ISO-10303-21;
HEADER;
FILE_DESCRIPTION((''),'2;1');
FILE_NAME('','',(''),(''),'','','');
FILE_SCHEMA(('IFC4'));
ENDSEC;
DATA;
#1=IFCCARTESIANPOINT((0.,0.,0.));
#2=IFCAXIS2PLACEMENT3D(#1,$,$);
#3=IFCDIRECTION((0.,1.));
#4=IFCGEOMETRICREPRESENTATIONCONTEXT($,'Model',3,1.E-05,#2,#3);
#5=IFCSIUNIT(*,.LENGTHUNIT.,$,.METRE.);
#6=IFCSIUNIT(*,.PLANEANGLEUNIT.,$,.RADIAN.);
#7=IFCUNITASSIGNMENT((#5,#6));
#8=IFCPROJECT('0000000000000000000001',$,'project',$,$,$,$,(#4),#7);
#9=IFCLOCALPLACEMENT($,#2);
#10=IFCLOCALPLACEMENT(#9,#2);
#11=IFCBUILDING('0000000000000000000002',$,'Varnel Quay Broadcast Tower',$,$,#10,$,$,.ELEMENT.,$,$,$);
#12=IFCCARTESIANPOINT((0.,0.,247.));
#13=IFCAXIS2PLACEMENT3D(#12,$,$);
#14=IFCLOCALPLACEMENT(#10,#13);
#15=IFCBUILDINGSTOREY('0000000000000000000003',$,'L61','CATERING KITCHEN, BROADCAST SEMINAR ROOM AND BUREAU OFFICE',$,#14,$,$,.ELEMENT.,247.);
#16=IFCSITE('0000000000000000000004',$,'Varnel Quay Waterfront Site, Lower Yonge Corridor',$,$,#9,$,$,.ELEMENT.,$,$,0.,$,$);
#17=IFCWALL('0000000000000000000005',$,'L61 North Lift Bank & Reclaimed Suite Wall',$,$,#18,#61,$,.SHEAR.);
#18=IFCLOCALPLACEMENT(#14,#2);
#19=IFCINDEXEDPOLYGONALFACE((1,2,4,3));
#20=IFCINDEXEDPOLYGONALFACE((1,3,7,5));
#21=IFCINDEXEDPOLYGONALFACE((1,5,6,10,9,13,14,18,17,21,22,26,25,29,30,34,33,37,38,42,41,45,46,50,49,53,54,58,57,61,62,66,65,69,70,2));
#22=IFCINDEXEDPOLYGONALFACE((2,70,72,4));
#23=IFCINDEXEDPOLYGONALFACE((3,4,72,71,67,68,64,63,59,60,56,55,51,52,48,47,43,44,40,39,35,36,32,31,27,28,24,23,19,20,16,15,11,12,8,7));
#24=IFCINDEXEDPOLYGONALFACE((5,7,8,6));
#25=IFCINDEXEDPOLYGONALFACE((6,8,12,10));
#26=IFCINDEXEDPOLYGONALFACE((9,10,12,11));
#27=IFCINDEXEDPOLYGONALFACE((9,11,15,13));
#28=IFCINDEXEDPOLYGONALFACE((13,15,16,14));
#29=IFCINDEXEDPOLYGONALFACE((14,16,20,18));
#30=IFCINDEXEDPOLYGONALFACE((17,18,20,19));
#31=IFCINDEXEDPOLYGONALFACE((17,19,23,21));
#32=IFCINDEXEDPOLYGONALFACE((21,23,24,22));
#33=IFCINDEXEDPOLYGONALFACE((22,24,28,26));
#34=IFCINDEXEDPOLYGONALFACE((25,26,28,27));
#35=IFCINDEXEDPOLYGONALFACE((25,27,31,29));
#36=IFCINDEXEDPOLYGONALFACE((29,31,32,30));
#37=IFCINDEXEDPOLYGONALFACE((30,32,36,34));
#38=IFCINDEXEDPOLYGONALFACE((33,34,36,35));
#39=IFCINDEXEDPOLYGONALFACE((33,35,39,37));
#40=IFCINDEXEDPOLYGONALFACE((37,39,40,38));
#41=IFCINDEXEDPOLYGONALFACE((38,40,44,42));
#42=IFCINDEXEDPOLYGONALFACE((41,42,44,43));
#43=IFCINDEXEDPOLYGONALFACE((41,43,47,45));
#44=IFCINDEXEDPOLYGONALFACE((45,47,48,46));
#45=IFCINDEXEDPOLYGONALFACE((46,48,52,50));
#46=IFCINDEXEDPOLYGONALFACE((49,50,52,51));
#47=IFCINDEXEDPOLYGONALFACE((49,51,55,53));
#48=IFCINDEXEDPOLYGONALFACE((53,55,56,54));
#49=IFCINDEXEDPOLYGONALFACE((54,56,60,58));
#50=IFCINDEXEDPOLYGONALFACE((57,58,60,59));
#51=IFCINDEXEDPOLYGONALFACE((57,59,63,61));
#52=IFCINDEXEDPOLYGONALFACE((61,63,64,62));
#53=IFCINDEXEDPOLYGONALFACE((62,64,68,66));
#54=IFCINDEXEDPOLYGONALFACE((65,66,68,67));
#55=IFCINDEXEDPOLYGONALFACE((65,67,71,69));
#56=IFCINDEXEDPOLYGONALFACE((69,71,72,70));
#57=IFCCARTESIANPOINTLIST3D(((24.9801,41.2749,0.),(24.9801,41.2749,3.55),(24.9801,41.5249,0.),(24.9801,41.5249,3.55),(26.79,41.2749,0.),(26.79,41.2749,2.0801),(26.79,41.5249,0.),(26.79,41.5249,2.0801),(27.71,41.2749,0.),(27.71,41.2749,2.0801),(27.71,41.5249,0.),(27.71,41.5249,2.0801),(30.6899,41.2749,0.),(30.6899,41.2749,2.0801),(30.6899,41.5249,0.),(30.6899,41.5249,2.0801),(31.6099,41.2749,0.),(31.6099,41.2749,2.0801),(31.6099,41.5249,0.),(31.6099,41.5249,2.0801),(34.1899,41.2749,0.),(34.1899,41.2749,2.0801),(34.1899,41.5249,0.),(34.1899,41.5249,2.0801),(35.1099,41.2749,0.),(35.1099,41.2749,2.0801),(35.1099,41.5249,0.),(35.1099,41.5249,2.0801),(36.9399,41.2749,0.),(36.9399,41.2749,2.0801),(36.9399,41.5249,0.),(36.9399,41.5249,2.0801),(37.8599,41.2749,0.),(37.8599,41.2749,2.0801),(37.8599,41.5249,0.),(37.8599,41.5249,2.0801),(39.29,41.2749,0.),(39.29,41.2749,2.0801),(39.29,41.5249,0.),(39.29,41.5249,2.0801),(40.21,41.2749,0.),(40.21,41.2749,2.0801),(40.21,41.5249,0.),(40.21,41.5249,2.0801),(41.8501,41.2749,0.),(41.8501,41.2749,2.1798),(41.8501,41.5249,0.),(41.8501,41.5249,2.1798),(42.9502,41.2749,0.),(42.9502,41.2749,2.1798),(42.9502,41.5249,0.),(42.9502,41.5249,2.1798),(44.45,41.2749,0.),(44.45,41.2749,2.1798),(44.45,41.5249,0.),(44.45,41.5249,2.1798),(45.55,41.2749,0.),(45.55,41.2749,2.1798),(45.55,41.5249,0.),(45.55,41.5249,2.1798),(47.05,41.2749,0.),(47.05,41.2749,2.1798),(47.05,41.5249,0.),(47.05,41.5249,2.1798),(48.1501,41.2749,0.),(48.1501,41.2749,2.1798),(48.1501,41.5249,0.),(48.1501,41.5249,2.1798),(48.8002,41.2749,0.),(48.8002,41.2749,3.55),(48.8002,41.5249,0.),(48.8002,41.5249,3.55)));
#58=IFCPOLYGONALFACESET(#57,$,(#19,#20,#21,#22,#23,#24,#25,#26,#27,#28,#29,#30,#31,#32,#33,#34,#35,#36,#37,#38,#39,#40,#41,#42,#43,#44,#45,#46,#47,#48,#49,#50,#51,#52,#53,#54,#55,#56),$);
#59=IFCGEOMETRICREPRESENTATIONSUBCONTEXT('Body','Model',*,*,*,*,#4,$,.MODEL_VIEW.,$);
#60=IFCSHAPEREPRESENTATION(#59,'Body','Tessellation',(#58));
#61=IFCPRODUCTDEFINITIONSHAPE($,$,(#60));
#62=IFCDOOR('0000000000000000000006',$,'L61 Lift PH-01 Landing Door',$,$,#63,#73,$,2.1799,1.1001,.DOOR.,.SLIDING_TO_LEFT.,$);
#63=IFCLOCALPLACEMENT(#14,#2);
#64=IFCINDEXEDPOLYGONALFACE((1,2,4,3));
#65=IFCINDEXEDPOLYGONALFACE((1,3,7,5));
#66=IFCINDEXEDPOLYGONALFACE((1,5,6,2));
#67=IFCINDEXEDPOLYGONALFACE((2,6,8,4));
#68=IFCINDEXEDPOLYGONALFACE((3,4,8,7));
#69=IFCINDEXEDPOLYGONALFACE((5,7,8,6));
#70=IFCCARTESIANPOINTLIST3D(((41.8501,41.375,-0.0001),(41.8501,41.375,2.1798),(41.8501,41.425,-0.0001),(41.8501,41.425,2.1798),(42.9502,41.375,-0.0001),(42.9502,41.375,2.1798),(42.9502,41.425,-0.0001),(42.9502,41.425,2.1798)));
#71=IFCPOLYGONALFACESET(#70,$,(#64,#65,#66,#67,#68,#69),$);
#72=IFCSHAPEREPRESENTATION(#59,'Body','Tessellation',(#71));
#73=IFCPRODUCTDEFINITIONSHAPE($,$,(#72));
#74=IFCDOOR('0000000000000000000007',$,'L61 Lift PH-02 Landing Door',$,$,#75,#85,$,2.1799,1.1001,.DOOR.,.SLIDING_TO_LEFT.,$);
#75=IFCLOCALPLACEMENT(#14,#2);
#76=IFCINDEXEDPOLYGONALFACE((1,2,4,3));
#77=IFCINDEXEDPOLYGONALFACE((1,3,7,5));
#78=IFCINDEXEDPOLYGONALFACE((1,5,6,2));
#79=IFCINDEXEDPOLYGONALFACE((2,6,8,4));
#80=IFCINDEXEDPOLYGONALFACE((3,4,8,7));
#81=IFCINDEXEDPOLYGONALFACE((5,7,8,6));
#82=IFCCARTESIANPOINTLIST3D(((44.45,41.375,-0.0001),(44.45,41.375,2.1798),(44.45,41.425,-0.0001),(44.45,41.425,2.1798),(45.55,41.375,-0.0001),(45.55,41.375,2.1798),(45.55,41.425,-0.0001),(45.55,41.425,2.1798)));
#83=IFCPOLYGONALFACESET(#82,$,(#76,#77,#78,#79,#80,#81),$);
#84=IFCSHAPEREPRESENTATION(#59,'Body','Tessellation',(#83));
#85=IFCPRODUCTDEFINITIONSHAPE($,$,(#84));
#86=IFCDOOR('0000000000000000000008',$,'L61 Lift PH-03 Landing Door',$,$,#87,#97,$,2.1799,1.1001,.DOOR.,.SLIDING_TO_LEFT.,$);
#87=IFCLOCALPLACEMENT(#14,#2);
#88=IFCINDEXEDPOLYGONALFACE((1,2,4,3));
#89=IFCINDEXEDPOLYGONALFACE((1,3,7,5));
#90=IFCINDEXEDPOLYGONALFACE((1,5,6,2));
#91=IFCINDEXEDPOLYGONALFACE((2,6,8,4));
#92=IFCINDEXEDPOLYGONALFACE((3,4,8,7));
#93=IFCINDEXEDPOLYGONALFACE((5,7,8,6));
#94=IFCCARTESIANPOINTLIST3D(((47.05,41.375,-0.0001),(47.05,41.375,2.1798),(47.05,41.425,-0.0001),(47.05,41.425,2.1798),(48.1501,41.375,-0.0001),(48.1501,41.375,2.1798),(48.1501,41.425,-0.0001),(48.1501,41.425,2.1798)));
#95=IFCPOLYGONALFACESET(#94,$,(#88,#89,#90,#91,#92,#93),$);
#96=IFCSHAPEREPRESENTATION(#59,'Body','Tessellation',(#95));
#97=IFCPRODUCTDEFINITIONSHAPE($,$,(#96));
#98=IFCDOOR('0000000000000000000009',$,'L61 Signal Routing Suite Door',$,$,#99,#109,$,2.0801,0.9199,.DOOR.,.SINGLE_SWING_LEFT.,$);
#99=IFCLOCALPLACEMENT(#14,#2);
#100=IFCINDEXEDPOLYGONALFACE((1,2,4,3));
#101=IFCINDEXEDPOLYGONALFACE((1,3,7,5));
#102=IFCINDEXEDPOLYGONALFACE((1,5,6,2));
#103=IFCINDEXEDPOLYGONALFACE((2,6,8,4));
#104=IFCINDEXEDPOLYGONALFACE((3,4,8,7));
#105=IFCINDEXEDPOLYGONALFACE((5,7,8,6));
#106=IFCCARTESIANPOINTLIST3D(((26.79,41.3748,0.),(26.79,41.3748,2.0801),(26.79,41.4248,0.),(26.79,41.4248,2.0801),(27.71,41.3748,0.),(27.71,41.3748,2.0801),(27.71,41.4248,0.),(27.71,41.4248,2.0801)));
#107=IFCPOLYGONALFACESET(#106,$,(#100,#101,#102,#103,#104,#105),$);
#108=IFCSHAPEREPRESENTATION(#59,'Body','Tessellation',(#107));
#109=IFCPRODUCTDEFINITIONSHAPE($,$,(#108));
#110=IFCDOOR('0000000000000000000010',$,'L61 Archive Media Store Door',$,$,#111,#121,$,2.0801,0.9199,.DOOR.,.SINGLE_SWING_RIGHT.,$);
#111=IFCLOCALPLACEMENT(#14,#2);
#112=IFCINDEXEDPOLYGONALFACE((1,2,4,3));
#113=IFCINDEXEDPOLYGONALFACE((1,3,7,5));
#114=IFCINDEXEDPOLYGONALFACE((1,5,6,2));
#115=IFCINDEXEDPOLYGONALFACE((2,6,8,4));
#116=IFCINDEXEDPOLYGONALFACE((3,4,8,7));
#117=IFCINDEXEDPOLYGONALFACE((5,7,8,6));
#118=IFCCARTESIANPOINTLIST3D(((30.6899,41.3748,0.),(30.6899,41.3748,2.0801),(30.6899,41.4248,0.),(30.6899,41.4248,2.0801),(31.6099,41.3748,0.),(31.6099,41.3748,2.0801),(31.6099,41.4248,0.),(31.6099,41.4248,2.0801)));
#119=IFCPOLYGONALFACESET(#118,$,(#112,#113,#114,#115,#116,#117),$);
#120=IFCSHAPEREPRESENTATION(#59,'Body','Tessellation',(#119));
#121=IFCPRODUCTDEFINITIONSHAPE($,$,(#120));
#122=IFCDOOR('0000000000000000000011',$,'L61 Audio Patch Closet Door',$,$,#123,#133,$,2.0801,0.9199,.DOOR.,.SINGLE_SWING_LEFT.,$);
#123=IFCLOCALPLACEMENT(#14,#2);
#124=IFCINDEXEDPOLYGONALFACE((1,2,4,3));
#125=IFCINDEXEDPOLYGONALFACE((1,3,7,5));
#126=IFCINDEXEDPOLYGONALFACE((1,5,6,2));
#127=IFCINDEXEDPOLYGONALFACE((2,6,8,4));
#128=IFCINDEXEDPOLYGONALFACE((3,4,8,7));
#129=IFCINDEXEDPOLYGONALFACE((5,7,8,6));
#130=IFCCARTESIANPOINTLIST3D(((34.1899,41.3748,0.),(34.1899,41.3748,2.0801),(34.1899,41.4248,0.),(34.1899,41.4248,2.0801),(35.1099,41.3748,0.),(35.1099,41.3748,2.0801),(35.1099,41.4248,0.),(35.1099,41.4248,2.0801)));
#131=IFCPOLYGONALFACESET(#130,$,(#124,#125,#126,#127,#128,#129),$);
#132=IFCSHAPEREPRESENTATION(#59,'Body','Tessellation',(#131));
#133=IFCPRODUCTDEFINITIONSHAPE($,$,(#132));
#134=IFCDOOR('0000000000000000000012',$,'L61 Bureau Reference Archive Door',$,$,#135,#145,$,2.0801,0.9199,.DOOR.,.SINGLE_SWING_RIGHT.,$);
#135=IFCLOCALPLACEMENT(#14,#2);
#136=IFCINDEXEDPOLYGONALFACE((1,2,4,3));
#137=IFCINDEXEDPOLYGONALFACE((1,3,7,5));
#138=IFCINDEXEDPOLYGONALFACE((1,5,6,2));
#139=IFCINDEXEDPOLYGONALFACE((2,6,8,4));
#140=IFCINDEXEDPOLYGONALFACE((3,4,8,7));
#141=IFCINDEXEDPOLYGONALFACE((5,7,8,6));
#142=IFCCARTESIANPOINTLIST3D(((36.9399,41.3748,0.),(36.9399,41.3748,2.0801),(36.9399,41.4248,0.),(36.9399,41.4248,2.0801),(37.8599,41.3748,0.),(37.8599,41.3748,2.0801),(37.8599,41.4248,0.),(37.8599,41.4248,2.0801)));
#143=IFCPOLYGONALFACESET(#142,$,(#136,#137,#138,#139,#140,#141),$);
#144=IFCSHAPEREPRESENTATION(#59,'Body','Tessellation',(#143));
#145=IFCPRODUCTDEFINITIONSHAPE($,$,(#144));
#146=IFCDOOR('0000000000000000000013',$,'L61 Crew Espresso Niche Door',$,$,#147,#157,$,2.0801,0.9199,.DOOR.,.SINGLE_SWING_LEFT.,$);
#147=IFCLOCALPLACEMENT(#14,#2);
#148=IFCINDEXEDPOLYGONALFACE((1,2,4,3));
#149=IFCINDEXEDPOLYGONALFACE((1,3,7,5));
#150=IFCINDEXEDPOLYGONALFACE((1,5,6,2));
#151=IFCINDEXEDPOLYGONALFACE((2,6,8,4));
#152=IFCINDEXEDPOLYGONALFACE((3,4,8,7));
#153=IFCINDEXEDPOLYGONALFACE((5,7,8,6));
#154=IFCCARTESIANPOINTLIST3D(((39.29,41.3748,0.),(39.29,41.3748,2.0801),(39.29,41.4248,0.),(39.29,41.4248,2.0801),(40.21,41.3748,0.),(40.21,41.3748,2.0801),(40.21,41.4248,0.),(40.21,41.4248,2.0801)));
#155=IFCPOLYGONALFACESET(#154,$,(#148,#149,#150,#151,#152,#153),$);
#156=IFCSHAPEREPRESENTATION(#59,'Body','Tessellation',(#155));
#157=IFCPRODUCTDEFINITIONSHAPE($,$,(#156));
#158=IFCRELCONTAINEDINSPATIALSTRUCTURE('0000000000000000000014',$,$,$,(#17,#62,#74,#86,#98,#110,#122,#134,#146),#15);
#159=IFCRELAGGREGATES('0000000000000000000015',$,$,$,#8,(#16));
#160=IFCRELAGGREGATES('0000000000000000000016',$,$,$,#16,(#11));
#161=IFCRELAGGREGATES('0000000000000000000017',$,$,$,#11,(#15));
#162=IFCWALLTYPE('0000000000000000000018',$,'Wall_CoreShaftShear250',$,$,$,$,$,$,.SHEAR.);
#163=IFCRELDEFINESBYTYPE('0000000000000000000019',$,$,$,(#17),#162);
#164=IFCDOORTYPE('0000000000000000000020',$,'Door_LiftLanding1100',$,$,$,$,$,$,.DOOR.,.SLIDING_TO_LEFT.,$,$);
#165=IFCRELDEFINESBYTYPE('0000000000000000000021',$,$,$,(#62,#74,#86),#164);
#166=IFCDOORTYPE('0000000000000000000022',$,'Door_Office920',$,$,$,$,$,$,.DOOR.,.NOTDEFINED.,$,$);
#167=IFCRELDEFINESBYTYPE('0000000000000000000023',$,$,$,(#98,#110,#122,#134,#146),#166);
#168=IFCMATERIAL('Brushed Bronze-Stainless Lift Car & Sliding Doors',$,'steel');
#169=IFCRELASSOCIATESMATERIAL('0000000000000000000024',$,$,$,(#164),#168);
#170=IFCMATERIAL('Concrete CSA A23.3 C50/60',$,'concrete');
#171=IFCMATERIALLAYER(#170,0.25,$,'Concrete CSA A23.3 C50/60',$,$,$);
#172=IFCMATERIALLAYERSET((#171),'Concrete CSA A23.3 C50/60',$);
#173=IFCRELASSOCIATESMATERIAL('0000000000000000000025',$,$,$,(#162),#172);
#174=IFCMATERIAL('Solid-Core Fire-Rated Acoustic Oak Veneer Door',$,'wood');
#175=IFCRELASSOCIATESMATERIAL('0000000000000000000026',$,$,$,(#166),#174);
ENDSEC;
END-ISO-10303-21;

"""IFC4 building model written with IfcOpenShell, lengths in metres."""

from ifc_helpers import new_model, si_unit, direction, frame, frame_2d, origin, place, context, subcontext, project, spatial, rectangle, extrude, source, transform, mapped, material, layer, layer_set, type_object, type_shapes, element, fill, save


model = new_model("IFC4")

# Units and contexts
model_context = context("Model", 3, precision=1e-05, world=origin(), true_north=direction((0.0, 1.0)))
body_context = subcontext(model_context, "Body", "Model", "MODEL_VIEW")
ifc_project = project(units=[si_unit("LENGTHUNIT", "METRE"), si_unit("PLANEANGLEUNIT", "RADIAN")], contexts=[model_context])

# Site, building, storey
site_placement = place(None, origin())
site = spatial("IfcSite", under=ifc_project, at=site_placement, Name="Varnel Quay Waterfront Site, Lower Yonge Corridor", CompositionType="ELEMENT", RefElevation=0.0)
building_placement = place(site_placement, origin())
building = spatial("IfcBuilding", under=site, at=building_placement, Name="Varnel Quay Broadcast Tower", CompositionType="ELEMENT")
storey_placement = place(building_placement, frame((0.0, 0.0, 247.0)))
storey = spatial("IfcBuildingStorey", under=building, at=storey_placement, Name="L61", Description="CATERING KITCHEN, BROADCAST SEMINAR ROOM AND BUREAU OFFICE", CompositionType="ELEMENT", Elevation=247.0)

# Shared definitions
ifc_material_1 = material(Name="Concrete CSA A23.3 C50/60", Category="concrete")
ifc_material_2 = material(Name="Brushed Bronze-Stainless Lift Car & Sliding Doors", Category="steel")
door_type_1 = type_object("IfcDoorType", Name="Door_LiftLanding1100", OperationType="SLIDING_TO_LEFT", PredefinedType="DOOR", material=ifc_material_2)
shared_shape_1 = source(origin(), body_context, "Body", "SweptSolid", [
    extrude(rectangle(XDim=1.1001, YDim=2.1799, at=frame_2d((0.55, 1.0898))), frame((0.0, 0.0249, 0.0), z_axis=(0.0, -1.0, 0.0), x_axis=(1.0, 0.0, 0.0)), (0.0, 0.0, 1.0), 0.05),
])
type_shapes(door_type_1, [shared_shape_1])

# Wall, openings, doors
ifc_layer_1 = layer(ifc_material_1, 0.25, Name="Concrete CSA A23.3 C50/60")
ifc_layer_set_1 = layer_set([ifc_layer_1], Name="Concrete CSA A23.3 C50/60")
wall_type_1 = type_object("IfcWallType", Name="Wall_CoreShaftShear250", PredefinedType="SHEAR", material=ifc_layer_set_1)
wall_1_placement = place(storey_placement, frame((24.98, 41.3999, 0.0), z_axis=(0.0, 0.0, 1.0), x_axis=(1.0, 0.0, 0.0)))
wall_1 = element("IfcWall", 1, at=wall_1_placement, inside=storey, type_object=wall_type_1, Name="L61 North Lift Bank & Reclaimed Suite Wall", PredefinedType="SHEAR", context=body_context, shape_type="SweptSolid", body=[
    extrude(rectangle(XDim=23.8201, YDim=0.25, at=frame_2d((11.9102, 0.0))), origin(), (0.0, 0.0, 1.0), 3.55),
])
opening_1_placement = place(wall_1_placement, frame((16.8701, 0.0, 0.0)))
opening_1 = element("IfcOpeningElement", 2, at=opening_1_placement, cuts=wall_1, PredefinedType="OPENING", context=body_context, shape_type="SweptSolid", body=[
    extrude(rectangle(XDim=1.1001, YDim=2.1799, at=frame_2d((0.55, 1.0898))), frame((0.0, 0.135, 0.0), z_axis=(0.0, -1.0, 0.0), x_axis=(1.0, 0.0, 0.0)), (0.0, 0.0, 1.0), 0.27),
])
opening_2_placement = place(wall_1_placement, frame((19.47, 0.0, 0.0)))
opening_2 = element("IfcOpeningElement", 3, at=opening_2_placement, cuts=wall_1, PredefinedType="OPENING", context=body_context, shape_type="SweptSolid", body=[
    extrude(rectangle(XDim=1.1001, YDim=2.1799, at=frame_2d((0.55, 1.0898))), frame((0.0, 0.135, 0.0), z_axis=(0.0, -1.0, 0.0), x_axis=(1.0, 0.0, 0.0)), (0.0, 0.0, 1.0), 0.27),
])
opening_3_placement = place(wall_1_placement, frame((22.0701, 0.0, 0.0)))
opening_3 = element("IfcOpeningElement", 4, at=opening_3_placement, cuts=wall_1, PredefinedType="OPENING", context=body_context, shape_type="SweptSolid", body=[
    extrude(rectangle(XDim=1.1001, YDim=2.1799, at=frame_2d((0.55, 1.0898))), frame((0.0, 0.135, 0.0), z_axis=(0.0, -1.0, 0.0), x_axis=(1.0, 0.0, 0.0)), (0.0, 0.0, 1.0), 0.27),
])
opening_4_placement = place(wall_1_placement, frame((1.8101, 0.0, 0.0)))
opening_4 = element("IfcOpeningElement", 5, at=opening_4_placement, cuts=wall_1, PredefinedType="OPENING", context=body_context, shape_type="SweptSolid", body=[
    extrude(rectangle(XDim=0.9199, YDim=2.0801, at=frame_2d((0.46, 1.04))), frame((0.0, 0.135, 0.0), z_axis=(0.0, -1.0, 0.0), x_axis=(1.0, 0.0, 0.0)), (0.0, 0.0, 1.0), 0.27),
])
opening_5_placement = place(wall_1_placement, frame((5.71, 0.0, 0.0)))
opening_5 = element("IfcOpeningElement", 6, at=opening_5_placement, cuts=wall_1, PredefinedType="OPENING", context=body_context, shape_type="SweptSolid", body=[
    extrude(rectangle(XDim=0.9199, YDim=2.0801, at=frame_2d((0.46, 1.04))), frame((0.0, 0.135, 0.0), z_axis=(0.0, -1.0, 0.0), x_axis=(1.0, 0.0, 0.0)), (0.0, 0.0, 1.0), 0.27),
])
opening_6_placement = place(wall_1_placement, frame((9.21, 0.0, 0.0)))
opening_6 = element("IfcOpeningElement", 7, at=opening_6_placement, cuts=wall_1, PredefinedType="OPENING", context=body_context, shape_type="SweptSolid", body=[
    extrude(rectangle(XDim=0.9199, YDim=2.0801, at=frame_2d((0.46, 1.04))), frame((0.0, 0.135, 0.0), z_axis=(0.0, -1.0, 0.0), x_axis=(1.0, 0.0, 0.0)), (0.0, 0.0, 1.0), 0.27),
])
opening_7_placement = place(wall_1_placement, frame((11.96, 0.0, 0.0)))
opening_7 = element("IfcOpeningElement", 8, at=opening_7_placement, cuts=wall_1, PredefinedType="OPENING", context=body_context, shape_type="SweptSolid", body=[
    extrude(rectangle(XDim=0.9199, YDim=2.0801, at=frame_2d((0.46, 1.04))), frame((0.0, 0.135, 0.0), z_axis=(0.0, -1.0, 0.0), x_axis=(1.0, 0.0, 0.0)), (0.0, 0.0, 1.0), 0.27),
])
opening_8_placement = place(wall_1_placement, frame((14.3101, 0.0, 0.0)))
opening_8 = element("IfcOpeningElement", 9, at=opening_8_placement, cuts=wall_1, PredefinedType="OPENING", context=body_context, shape_type="SweptSolid", body=[
    extrude(rectangle(XDim=0.9199, YDim=2.0801, at=frame_2d((0.46, 1.04))), frame((0.0, 0.135, 0.0), z_axis=(0.0, -1.0, 0.0), x_axis=(1.0, 0.0, 0.0)), (0.0, 0.0, 1.0), 0.27),
])
door_1_placement = place(opening_1_placement, frame((1.1001, 0.0, 0.0), z_axis=(0.0, 0.0, 1.0), x_axis=(-1.0, 0.0, 0.0)))
door_1 = element("IfcDoor", 10, at=door_1_placement, inside=storey, type_object=door_type_1, Name="L61 Lift PH-01 Landing Door", OperationType="SLIDING_TO_LEFT", OverallHeight=2.1799, OverallWidth=1.1001, PredefinedType="DOOR", context=body_context, shape_type="MappedRepresentation", body=[
    mapped(shared_shape_1, transform((0.0, 0.0, 0.0), x_axis=(1.0, 0.0, 0.0), y_axis=(0.0, 1.0, 0.0), z_axis=(0.0, 0.0, 1.0), scale=1.0)),
])
fill(opening_1, door_1)
door_2_placement = place(opening_2_placement, frame((1.1001, 0.0, 0.0), z_axis=(0.0, 0.0, 1.0), x_axis=(-1.0, 0.0, 0.0)))
door_2 = element("IfcDoor", 11, at=door_2_placement, inside=storey, type_object=door_type_1, Name="L61 Lift PH-02 Landing Door", OperationType="SLIDING_TO_LEFT", OverallHeight=2.1799, OverallWidth=1.1001, PredefinedType="DOOR", context=body_context, shape_type="MappedRepresentation", body=[
    mapped(shared_shape_1, transform((0.0, 0.0, 0.0), x_axis=(1.0, 0.0, 0.0), y_axis=(0.0, 1.0, 0.0), z_axis=(0.0, 0.0, 1.0), scale=1.0)),
])
fill(opening_2, door_2)
door_3_placement = place(opening_3_placement, frame((1.1001, 0.0, 0.0), z_axis=(0.0, 0.0, 1.0), x_axis=(-1.0, 0.0, 0.0)))
door_3 = element("IfcDoor", 12, at=door_3_placement, inside=storey, type_object=door_type_1, Name="L61 Lift PH-03 Landing Door", OperationType="SLIDING_TO_LEFT", OverallHeight=2.1799, OverallWidth=1.1001, PredefinedType="DOOR", context=body_context, shape_type="MappedRepresentation", body=[
    mapped(shared_shape_1, transform((0.0, 0.0, 0.0), x_axis=(1.0, 0.0, 0.0), y_axis=(0.0, 1.0, 0.0), z_axis=(0.0, 0.0, 1.0), scale=1.0)),
])
fill(opening_3, door_3)
ifc_material_3 = material(Name="Solid-Core Fire-Rated Acoustic Oak Veneer Door", Category="wood")
door_type_2 = type_object("IfcDoorType", Name="Door_Office920", OperationType="NOTDEFINED", PredefinedType="DOOR", material=ifc_material_3)
shared_shape_2 = source(origin(), body_context, "Body", "SweptSolid", [
    extrude(rectangle(XDim=0.9199, YDim=2.0801, at=frame_2d((0.46, 1.04))), frame((0.0, 0.0249, 0.0), z_axis=(0.0, -1.0, 0.0), x_axis=(1.0, 0.0, 0.0)), (0.0, 0.0, 1.0), 0.05),
])
type_shapes(door_type_2, [shared_shape_2])
door_4_placement = place(opening_4_placement, origin())
door_4 = element("IfcDoor", 13, at=door_4_placement, inside=storey, type_object=door_type_2, Name="L61 Signal Routing Suite Door", OperationType="SINGLE_SWING_LEFT", OverallHeight=2.0801, OverallWidth=0.9199, PredefinedType="DOOR", context=body_context, shape_type="MappedRepresentation", body=[
    mapped(shared_shape_2, transform((0.0, 0.0, 0.0), x_axis=(1.0, 0.0, 0.0), y_axis=(0.0, 1.0, 0.0), z_axis=(0.0, 0.0, 1.0), scale=1.0)),
])
fill(opening_4, door_4)
door_5_placement = place(opening_5_placement, origin())
door_5 = element("IfcDoor", 14, at=door_5_placement, inside=storey, type_object=door_type_2, Name="L61 Archive Media Store Door", OperationType="SINGLE_SWING_RIGHT", OverallHeight=2.0801, OverallWidth=0.9199, PredefinedType="DOOR", context=body_context, shape_type="MappedRepresentation", body=[
    mapped(shared_shape_2, transform((0.0, 0.0, 0.0), x_axis=(1.0, 0.0, 0.0), y_axis=(0.0, 1.0, 0.0), z_axis=(0.0, 0.0, 1.0), scale=1.0)),
])
fill(opening_5, door_5)
door_6_placement = place(opening_6_placement, origin())
door_6 = element("IfcDoor", 15, at=door_6_placement, inside=storey, type_object=door_type_2, Name="L61 Audio Patch Closet Door", OperationType="SINGLE_SWING_LEFT", OverallHeight=2.0801, OverallWidth=0.9199, PredefinedType="DOOR", context=body_context, shape_type="MappedRepresentation", body=[
    mapped(shared_shape_2, transform((0.0, 0.0, 0.0), x_axis=(1.0, 0.0, 0.0), y_axis=(0.0, 1.0, 0.0), z_axis=(0.0, 0.0, 1.0), scale=1.0)),
])
fill(opening_6, door_6)
door_7_placement = place(opening_7_placement, origin())
door_7 = element("IfcDoor", 16, at=door_7_placement, inside=storey, type_object=door_type_2, Name="L61 Bureau Reference Archive Door", OperationType="SINGLE_SWING_RIGHT", OverallHeight=2.0801, OverallWidth=0.9199, PredefinedType="DOOR", context=body_context, shape_type="MappedRepresentation", body=[
    mapped(shared_shape_2, transform((0.0, 0.0, 0.0), x_axis=(1.0, 0.0, 0.0), y_axis=(0.0, 1.0, 0.0), z_axis=(0.0, 0.0, 1.0), scale=1.0)),
])
fill(opening_7, door_7)
door_8_placement = place(opening_8_placement, origin())
door_8 = element("IfcDoor", 17, at=door_8_placement, inside=storey, type_object=door_type_2, Name="L61 Crew Espresso Niche Door", OperationType="SINGLE_SWING_LEFT", OverallHeight=2.0801, OverallWidth=0.9199, PredefinedType="DOOR", context=body_context, shape_type="MappedRepresentation", body=[
    mapped(shared_shape_2, transform((0.0, 0.0, 0.0), x_axis=(1.0, 0.0, 0.0), y_axis=(0.0, 1.0, 0.0), z_axis=(0.0, 0.0, 1.0), scale=1.0)),
])
fill(opening_8, door_8)

save(model, "model.ifc")
